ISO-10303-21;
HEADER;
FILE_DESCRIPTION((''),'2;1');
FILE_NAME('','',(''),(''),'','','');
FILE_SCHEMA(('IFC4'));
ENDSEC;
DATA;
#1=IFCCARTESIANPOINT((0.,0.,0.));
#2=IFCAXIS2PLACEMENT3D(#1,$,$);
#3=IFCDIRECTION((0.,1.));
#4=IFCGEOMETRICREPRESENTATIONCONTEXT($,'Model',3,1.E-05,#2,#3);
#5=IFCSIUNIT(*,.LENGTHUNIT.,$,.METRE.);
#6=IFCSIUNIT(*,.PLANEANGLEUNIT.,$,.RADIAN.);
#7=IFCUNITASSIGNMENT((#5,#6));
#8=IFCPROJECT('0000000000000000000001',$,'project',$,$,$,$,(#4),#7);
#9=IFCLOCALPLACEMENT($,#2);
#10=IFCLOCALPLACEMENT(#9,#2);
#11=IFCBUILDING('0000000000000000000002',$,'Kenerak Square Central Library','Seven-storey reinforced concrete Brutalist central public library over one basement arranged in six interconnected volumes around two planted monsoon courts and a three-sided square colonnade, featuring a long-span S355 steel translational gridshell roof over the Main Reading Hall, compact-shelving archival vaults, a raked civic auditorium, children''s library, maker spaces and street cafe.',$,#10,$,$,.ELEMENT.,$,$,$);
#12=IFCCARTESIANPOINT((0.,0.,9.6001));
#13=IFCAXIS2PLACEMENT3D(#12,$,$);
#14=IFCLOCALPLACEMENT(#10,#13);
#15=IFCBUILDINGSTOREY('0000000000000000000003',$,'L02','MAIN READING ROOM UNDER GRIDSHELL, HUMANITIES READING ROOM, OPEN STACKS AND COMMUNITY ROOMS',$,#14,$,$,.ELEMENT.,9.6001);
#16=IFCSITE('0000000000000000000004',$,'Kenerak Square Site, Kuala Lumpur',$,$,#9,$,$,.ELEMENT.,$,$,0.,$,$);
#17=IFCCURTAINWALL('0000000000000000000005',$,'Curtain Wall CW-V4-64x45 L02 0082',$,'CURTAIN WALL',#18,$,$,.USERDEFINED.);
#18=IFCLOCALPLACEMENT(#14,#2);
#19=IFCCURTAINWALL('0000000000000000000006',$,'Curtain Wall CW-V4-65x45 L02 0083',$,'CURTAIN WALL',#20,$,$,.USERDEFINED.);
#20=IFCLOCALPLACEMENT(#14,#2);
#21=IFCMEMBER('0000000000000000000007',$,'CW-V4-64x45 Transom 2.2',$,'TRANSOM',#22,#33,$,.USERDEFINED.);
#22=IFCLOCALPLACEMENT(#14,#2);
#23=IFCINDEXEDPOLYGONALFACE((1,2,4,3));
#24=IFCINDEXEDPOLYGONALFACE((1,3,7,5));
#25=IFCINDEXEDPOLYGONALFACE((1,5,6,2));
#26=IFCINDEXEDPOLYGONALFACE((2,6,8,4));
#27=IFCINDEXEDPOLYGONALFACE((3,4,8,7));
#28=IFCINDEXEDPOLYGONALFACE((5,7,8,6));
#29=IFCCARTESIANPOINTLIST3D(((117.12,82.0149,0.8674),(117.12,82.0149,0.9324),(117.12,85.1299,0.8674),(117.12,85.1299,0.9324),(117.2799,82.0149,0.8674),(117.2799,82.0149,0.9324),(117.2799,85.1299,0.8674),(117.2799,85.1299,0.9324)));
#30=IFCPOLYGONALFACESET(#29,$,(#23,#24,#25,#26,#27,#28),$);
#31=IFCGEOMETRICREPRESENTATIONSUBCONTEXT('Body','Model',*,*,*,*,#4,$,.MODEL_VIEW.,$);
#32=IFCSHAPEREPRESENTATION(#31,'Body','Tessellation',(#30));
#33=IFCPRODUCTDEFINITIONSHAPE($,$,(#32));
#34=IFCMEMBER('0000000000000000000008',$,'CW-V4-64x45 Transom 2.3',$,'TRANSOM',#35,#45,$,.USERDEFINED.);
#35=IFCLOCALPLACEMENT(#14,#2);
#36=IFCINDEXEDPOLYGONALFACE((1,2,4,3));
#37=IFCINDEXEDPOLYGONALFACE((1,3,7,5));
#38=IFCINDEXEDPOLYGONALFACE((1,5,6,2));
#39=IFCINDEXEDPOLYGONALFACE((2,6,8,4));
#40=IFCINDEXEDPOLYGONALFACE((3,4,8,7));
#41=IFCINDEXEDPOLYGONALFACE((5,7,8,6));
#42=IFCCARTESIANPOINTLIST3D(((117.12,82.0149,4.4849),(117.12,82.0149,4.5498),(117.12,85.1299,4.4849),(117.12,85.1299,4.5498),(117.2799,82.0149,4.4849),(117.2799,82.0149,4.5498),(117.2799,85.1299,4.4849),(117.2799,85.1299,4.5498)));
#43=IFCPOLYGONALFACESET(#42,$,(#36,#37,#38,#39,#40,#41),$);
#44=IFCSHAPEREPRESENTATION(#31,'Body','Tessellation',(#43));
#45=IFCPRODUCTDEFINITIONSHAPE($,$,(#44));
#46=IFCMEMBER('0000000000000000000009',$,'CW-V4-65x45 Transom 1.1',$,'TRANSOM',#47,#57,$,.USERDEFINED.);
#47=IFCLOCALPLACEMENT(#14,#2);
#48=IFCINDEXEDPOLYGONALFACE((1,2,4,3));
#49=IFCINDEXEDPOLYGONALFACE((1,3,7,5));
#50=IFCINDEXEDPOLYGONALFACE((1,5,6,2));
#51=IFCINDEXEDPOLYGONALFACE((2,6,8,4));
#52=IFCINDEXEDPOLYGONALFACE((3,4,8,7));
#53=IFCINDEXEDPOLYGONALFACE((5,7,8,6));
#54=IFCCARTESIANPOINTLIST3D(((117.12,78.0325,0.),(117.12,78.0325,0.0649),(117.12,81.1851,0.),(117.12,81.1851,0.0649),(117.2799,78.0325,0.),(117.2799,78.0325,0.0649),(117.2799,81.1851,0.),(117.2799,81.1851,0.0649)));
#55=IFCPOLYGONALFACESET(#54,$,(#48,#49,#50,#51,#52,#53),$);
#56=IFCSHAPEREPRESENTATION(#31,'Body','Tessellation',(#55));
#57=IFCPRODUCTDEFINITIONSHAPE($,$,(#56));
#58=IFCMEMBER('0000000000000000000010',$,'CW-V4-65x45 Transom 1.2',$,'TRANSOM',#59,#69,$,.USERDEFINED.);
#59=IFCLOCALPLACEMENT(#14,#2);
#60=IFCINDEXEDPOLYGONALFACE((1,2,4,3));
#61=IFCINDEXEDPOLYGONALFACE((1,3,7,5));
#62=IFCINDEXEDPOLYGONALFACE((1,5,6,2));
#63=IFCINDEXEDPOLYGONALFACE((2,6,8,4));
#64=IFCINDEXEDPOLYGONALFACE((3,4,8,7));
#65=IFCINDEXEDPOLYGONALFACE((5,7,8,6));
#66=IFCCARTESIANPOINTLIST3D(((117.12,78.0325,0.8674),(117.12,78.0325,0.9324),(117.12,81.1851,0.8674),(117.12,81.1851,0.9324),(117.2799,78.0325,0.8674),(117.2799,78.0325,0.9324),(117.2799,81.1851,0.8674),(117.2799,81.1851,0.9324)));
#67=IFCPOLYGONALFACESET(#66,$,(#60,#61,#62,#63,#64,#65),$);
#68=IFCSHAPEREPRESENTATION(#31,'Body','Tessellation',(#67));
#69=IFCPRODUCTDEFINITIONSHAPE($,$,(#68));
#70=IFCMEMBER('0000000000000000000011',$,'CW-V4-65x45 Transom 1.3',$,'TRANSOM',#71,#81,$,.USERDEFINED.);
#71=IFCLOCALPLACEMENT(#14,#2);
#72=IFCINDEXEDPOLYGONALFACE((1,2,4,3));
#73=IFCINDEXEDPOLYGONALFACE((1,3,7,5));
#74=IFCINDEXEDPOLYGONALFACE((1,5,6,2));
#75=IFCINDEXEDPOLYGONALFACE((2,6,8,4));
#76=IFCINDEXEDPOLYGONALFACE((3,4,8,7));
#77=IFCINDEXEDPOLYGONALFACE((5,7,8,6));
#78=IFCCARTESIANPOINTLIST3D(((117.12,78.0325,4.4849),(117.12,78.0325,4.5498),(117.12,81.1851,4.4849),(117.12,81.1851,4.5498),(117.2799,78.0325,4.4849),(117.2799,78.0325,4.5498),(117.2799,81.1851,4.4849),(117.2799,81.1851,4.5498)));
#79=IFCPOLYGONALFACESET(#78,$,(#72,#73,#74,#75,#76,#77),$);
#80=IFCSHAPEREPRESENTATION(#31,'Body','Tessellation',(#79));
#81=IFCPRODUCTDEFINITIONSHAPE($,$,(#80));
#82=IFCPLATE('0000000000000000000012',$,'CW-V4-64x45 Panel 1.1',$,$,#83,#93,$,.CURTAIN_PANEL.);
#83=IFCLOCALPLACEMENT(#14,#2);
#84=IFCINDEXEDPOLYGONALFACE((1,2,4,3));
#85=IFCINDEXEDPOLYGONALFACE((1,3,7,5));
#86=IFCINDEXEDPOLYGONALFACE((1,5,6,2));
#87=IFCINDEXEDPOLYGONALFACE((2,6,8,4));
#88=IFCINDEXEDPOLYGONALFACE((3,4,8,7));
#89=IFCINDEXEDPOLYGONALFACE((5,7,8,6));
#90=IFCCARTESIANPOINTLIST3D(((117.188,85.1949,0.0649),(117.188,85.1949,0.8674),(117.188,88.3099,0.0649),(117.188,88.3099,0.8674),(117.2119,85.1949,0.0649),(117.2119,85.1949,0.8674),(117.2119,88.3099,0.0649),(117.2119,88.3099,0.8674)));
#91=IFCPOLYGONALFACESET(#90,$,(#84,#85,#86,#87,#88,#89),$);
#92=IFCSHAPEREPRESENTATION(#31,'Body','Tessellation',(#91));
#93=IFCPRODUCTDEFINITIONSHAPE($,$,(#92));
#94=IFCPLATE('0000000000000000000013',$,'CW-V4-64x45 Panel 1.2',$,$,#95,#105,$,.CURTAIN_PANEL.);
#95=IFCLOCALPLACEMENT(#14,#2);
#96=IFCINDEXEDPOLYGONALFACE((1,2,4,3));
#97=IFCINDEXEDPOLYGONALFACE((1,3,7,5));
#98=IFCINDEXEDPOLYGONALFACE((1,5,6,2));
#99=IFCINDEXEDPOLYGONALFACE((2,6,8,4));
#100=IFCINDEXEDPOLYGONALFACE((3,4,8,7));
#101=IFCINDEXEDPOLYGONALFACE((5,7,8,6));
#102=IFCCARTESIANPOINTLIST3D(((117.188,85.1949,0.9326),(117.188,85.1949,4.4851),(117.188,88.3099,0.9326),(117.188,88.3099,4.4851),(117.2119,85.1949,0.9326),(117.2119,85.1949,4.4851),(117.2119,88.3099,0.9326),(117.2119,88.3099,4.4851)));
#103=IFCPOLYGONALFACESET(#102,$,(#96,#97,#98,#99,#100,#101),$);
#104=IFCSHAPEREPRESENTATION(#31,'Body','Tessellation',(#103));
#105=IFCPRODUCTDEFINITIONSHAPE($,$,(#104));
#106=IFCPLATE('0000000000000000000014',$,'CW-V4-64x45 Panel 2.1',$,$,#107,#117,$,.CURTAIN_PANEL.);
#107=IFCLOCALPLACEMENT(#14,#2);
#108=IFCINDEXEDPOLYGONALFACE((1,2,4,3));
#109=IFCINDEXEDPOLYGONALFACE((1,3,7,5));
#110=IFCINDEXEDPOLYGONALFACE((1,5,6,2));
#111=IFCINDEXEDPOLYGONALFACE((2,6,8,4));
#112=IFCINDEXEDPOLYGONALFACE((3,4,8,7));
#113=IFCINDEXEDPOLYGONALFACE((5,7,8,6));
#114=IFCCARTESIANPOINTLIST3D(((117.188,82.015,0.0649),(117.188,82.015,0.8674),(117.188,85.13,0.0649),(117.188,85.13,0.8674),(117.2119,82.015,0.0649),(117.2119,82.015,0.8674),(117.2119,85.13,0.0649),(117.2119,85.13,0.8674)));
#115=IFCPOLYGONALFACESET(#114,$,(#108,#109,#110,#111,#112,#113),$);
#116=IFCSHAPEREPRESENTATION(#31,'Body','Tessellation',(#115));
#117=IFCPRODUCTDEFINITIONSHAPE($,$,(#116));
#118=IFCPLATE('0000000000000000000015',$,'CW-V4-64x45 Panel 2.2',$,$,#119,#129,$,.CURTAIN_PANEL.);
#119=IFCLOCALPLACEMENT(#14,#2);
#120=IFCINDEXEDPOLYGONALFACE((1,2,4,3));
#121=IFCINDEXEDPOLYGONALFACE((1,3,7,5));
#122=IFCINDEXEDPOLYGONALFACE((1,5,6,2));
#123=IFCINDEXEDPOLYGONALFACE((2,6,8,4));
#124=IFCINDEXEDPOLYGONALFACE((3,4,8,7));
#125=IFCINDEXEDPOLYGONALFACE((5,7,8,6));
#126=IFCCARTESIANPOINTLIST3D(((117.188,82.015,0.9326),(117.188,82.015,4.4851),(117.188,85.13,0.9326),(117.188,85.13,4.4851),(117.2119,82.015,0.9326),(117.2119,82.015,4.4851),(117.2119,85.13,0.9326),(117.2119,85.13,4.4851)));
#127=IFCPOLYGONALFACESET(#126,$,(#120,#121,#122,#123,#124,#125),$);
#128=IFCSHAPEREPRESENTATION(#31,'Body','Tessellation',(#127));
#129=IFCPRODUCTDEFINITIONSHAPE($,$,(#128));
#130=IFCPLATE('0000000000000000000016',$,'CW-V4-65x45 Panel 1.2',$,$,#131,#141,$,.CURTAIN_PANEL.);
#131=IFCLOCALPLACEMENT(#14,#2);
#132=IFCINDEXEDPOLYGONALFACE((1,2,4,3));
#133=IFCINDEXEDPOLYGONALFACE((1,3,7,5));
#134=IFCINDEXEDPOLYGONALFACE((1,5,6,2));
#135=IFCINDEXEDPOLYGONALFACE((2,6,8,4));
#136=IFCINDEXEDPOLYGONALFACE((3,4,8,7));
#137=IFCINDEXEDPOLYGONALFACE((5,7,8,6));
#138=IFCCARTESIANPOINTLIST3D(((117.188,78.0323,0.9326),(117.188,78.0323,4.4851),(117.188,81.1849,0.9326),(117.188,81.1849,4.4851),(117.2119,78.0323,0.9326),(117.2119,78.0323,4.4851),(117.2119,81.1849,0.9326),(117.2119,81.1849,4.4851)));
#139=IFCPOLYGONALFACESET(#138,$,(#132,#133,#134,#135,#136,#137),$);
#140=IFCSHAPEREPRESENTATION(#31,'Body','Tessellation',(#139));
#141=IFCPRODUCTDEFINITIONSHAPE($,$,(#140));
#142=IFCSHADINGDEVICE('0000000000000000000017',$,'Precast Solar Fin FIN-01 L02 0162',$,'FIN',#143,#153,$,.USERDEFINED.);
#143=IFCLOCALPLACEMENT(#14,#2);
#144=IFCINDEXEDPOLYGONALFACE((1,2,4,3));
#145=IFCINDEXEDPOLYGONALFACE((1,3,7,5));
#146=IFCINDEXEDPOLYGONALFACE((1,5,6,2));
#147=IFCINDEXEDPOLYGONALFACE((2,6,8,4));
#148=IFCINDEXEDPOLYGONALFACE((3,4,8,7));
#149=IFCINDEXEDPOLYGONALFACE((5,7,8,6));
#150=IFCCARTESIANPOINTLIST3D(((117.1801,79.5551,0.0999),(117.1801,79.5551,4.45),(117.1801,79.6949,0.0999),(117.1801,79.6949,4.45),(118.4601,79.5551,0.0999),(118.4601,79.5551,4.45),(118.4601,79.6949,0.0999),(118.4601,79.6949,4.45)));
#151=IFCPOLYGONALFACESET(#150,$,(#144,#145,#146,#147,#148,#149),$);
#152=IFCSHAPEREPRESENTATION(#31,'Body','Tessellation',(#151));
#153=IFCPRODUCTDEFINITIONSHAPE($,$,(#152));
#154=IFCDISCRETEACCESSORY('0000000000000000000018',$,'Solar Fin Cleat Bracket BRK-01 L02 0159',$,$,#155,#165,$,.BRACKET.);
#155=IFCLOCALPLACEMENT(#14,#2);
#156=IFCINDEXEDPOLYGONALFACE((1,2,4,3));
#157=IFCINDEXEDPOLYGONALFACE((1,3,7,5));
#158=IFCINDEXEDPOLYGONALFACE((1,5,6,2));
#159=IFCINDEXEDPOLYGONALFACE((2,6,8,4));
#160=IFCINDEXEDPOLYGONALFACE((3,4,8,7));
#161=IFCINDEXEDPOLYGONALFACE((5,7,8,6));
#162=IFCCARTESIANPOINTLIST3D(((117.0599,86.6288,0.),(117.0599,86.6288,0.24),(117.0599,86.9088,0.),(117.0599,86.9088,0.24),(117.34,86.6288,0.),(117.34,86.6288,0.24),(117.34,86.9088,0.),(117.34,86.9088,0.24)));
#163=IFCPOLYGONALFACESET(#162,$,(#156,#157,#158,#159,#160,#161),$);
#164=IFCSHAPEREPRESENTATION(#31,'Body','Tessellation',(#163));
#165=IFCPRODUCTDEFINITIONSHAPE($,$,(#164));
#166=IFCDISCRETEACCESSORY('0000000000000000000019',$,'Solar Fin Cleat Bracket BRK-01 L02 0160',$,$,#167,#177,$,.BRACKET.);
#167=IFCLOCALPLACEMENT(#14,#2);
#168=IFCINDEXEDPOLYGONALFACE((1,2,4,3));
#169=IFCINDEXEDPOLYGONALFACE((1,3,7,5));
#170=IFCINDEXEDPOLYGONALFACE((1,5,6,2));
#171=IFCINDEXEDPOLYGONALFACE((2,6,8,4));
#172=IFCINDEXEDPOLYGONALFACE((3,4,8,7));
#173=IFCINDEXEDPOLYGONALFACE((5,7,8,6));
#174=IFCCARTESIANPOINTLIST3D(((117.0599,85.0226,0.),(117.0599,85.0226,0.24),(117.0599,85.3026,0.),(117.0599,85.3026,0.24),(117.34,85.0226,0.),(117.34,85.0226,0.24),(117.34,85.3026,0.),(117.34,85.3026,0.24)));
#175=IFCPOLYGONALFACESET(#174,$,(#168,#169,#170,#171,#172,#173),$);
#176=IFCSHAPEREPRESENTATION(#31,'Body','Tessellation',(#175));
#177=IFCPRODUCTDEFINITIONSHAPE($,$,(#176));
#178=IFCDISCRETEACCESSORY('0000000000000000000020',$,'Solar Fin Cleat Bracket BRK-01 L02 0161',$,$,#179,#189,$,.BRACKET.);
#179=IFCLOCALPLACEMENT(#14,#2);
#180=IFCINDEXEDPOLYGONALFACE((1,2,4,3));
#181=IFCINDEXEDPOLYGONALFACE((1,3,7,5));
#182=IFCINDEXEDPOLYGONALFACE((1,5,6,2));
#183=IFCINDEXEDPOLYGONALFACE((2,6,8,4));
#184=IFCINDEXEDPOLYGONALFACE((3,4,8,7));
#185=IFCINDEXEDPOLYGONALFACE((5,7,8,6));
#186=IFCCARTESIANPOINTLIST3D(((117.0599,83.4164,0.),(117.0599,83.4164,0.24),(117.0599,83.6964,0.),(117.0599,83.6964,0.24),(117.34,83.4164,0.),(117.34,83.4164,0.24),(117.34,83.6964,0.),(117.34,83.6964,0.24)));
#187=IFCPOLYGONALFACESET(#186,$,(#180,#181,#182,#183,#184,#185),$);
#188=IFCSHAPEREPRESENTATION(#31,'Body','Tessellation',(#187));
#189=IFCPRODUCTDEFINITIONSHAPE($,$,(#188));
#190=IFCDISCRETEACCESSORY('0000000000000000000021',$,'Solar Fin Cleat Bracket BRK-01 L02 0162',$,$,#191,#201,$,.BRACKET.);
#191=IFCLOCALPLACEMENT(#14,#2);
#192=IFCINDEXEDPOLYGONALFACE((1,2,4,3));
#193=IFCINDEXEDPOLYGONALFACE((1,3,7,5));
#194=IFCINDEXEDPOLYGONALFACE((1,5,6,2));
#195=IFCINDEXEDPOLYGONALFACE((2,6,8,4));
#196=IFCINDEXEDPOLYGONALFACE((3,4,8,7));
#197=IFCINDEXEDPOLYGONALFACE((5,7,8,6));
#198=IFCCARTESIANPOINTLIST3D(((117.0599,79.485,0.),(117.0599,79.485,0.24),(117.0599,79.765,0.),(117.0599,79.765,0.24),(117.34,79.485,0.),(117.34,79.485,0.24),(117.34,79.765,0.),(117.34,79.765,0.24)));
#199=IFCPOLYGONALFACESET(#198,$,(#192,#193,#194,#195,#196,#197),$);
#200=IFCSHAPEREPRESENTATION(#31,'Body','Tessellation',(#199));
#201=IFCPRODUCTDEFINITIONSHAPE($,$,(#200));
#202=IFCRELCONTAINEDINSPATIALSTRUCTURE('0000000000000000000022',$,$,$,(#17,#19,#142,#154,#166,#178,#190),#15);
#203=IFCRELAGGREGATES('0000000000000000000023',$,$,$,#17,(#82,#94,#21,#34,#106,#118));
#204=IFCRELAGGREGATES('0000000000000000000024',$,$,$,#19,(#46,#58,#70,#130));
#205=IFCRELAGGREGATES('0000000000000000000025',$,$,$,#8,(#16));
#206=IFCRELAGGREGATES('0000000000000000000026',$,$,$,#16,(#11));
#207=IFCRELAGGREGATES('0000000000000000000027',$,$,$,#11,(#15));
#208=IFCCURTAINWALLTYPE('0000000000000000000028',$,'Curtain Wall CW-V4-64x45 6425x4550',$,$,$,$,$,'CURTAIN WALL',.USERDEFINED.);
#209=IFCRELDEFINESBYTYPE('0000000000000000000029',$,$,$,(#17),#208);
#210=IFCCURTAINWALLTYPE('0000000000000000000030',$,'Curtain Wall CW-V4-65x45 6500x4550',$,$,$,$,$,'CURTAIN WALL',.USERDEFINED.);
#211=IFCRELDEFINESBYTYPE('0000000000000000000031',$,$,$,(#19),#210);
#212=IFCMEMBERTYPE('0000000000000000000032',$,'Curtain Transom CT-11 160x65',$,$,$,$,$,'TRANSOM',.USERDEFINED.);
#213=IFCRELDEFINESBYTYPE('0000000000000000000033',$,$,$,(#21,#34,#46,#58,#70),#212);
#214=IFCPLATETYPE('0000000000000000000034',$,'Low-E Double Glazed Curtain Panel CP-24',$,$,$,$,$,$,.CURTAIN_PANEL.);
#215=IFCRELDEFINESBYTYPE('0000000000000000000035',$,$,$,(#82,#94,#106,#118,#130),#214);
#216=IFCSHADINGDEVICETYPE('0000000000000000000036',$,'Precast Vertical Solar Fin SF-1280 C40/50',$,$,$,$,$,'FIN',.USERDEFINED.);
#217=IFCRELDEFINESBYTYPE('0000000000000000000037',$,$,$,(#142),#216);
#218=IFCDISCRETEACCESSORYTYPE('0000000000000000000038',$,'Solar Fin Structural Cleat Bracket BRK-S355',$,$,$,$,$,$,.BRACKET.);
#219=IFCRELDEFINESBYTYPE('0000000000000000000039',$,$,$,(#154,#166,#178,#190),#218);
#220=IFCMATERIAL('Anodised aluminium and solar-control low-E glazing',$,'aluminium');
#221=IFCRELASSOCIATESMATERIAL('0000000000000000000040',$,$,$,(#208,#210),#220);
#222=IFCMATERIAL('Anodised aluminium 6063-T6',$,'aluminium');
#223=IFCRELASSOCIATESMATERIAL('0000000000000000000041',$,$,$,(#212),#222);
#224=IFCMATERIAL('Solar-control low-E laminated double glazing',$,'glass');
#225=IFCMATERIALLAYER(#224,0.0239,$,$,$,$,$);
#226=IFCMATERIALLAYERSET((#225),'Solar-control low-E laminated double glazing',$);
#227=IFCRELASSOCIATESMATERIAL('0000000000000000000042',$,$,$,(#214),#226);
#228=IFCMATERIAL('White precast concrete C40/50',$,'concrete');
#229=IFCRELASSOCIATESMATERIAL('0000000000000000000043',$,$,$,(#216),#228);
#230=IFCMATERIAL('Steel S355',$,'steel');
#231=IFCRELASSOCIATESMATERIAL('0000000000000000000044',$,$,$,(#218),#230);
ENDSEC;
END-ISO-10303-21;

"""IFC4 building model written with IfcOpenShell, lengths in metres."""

from ifc_helpers import new_model, si_unit, direction, frame, origin, origin_2d, place, context, subcontext, project, spatial, rectangle, extrude, material, layer, layer_set, material_profile, profile_set, type_object, element, aggregate, save


model = new_model("IFC4")

# Units and contexts
model_context = context("Model", 3, precision=1e-05, world=origin(), true_north=direction((0.0, 1.0)))
body_context = subcontext(model_context, "Body", "Model", "MODEL_VIEW")
ifc_project = project(units=[si_unit("LENGTHUNIT", "METRE"), si_unit("PLANEANGLEUNIT", "RADIAN")], contexts=[model_context])

# Site, building, storey
site_placement = place(None, origin())
site = spatial("IfcSite", under=ifc_project, at=site_placement, Name="Kenerak Square Site, Kuala Lumpur", CompositionType="ELEMENT", RefElevation=0.0)
building_placement = place(site_placement, origin())
building = spatial("IfcBuilding", under=site, at=building_placement, Name="Kenerak Square Central Library", Description="Seven-storey reinforced concrete Brutalist central public library over one basement arranged in six interconnected volumes around two planted monsoon courts and a three-sided square colonnade, featuring a long-span S355 steel translational gridshell roof over the Main Reading Hall, compact-shelving archival vaults, a raked civic auditorium, children's library, maker spaces and street cafe.", CompositionType="ELEMENT")
storey_placement = place(building_placement, frame((0.0, 0.0, 9.6001)))
storey = spatial("IfcBuildingStorey", under=building, at=storey_placement, Name="L02", Description="MAIN READING ROOM UNDER GRIDSHELL, HUMANITIES READING ROOM, OPEN STACKS AND COMMUNITY ROOMS", CompositionType="ELEMENT", Elevation=9.6001)

# Curtain wall
ifc_material_1 = material(Name="Anodised aluminium and solar-control low-E glazing", Category="aluminium")
curtain_wall_type_1 = type_object("IfcCurtainWallType", Name="Curtain Wall CW-V4-64x45 6425x4550", ElementType="CURTAIN WALL", PredefinedType="USERDEFINED", material=ifc_material_1)
curtain_wall_1_placement = place(storey_placement, origin())
curtain_wall_1 = element("IfcCurtainWall", 1, at=curtain_wall_1_placement, inside=storey, type_object=curtain_wall_type_1, Name="Curtain Wall CW-V4-64x45 L02 0082", ObjectType="CURTAIN WALL", PredefinedType="USERDEFINED")
ifc_material_2 = material(Name="Anodised aluminium 6063-T6", Category="aluminium")

# Curtain wall
curtain_wall_type_2 = type_object("IfcCurtainWallType", Name="Curtain Wall CW-V4-65x45 6500x4550", ElementType="CURTAIN WALL", PredefinedType="USERDEFINED", material=ifc_material_1)
curtain_wall_2_placement = place(storey_placement, origin())
curtain_wall_2 = element("IfcCurtainWall", 2, at=curtain_wall_2_placement, inside=storey, type_object=curtain_wall_type_2, Name="Curtain Wall CW-V4-65x45 L02 0083", ObjectType="CURTAIN WALL", PredefinedType="USERDEFINED")

# Members
ifc_material_profile_1 = material_profile(ifc_material_2, rectangle(XDim=0.1599, YDim=0.0649, at=origin_2d()), Name="AL TRANSOM 160x65")
ifc_profile_set_1 = profile_set([ifc_material_profile_1], Name="Anodised aluminium 6063-T6")
member_type_1 = type_object("IfcMemberType", Name="Curtain Transom CT-11 160x65", ElementType="TRANSOM", PredefinedType="USERDEFINED", material=ifc_profile_set_1)
member_1_placement = place(storey_placement, frame((117.2, 85.1299, 0.8999), z_axis=(0.0, -1.0, 0.0), x_axis=(1.0, 0.0, 0.0)))
member_1 = element("IfcMember", 3, at=member_1_placement, type_object=member_type_1, Name="CW-V4-64x45 Transom 2.2", ObjectType="TRANSOM", PredefinedType="USERDEFINED", context=body_context, shape_type="SweptSolid", body=[
    extrude(rectangle(XDim=0.1599, YDim=0.0649, at=origin_2d()), origin(), (0.0, 0.0, 1.0), 3.115),
])
member_2_placement = place(storey_placement, frame((117.2, 85.1299, 4.5173), z_axis=(0.0, -1.0, 0.0), x_axis=(1.0, 0.0, 0.0)))
member_2 = element("IfcMember", 4, at=member_2_placement, type_object=member_type_1, Name="CW-V4-64x45 Transom 2.3", ObjectType="TRANSOM", PredefinedType="USERDEFINED", context=body_context, shape_type="SweptSolid", body=[
    extrude(rectangle(XDim=0.1599, YDim=0.0649, at=origin_2d()), origin(), (0.0, 0.0, 1.0), 3.115),
])
member_3_placement = place(storey_placement, frame((117.2, 81.1851, 0.0325), z_axis=(0.0, -1.0, 0.0), x_axis=(1.0, 0.0, 0.0)))
member_3 = element("IfcMember", 5, at=member_3_placement, type_object=member_type_1, Name="CW-V4-65x45 Transom 1.1", ObjectType="TRANSOM", PredefinedType="USERDEFINED", context=body_context, shape_type="SweptSolid", body=[
    extrude(rectangle(XDim=0.1599, YDim=0.0649, at=origin_2d()), origin(), (0.0, 0.0, 1.0), 3.1526),
])
member_4_placement = place(storey_placement, frame((117.2, 81.1851, 0.8999), z_axis=(0.0, -1.0, 0.0), x_axis=(1.0, 0.0, 0.0)))
member_4 = element("IfcMember", 6, at=member_4_placement, type_object=member_type_1, Name="CW-V4-65x45 Transom 1.2", ObjectType="TRANSOM", PredefinedType="USERDEFINED", context=body_context, shape_type="SweptSolid", body=[
    extrude(rectangle(XDim=0.1599, YDim=0.0649, at=origin_2d()), origin(), (0.0, 0.0, 1.0), 3.1526),
])
member_5_placement = place(storey_placement, frame((117.2, 81.1851, 4.5173), z_axis=(0.0, -1.0, 0.0), x_axis=(1.0, 0.0, 0.0)))
member_5 = element("IfcMember", 7, at=member_5_placement, type_object=member_type_1, Name="CW-V4-65x45 Transom 1.3", ObjectType="TRANSOM", PredefinedType="USERDEFINED", context=body_context, shape_type="SweptSolid", body=[
    extrude(rectangle(XDim=0.1599, YDim=0.0649, at=origin_2d()), origin(), (0.0, 0.0, 1.0), 3.1526),
])

# Plates
ifc_material_3 = material(Name="Solar-control low-E laminated double glazing", Category="glass")
ifc_layer = layer(ifc_material_3, 0.0239)
ifc_layer_set = layer_set([ifc_layer], Name="Solar-control low-E laminated double glazing")
plate_type = type_object("IfcPlateType", Name="Low-E Double Glazed Curtain Panel CP-24", PredefinedType="CURTAIN_PANEL", material=ifc_layer_set)
plate_1_placement = place(storey_placement, frame((117.2, 86.7524, 0.0649), z_axis=(0.0, 0.0, 1.0), x_axis=(0.0, -1.0, 0.0)))
plate_1 = element("IfcPlate", 8, at=plate_1_placement, type_object=plate_type, Name="CW-V4-64x45 Panel 1.1", PredefinedType="CURTAIN_PANEL", context=body_context, shape_type="SweptSolid", body=[
    extrude(rectangle(XDim=3.115, YDim=0.0239, at=origin_2d()), origin(), (0.0, 0.0, 1.0), 0.8025),
])
plate_2_placement = place(storey_placement, frame((117.2, 86.7524, 0.9326), z_axis=(0.0, 0.0, 1.0), x_axis=(0.0, -1.0, 0.0)))
plate_2 = element("IfcPlate", 9, at=plate_2_placement, type_object=plate_type, Name="CW-V4-64x45 Panel 1.2", PredefinedType="CURTAIN_PANEL", context=body_context, shape_type="SweptSolid", body=[
    extrude(rectangle(XDim=3.115, YDim=0.0239, at=origin_2d()), origin(), (0.0, 0.0, 1.0), 3.5525),
])
plate_3_placement = place(storey_placement, frame((117.2, 83.5725, 0.0649), z_axis=(0.0, 0.0, 1.0), x_axis=(0.0, -1.0, 0.0)))
plate_3 = element("IfcPlate", 10, at=plate_3_placement, type_object=plate_type, Name="CW-V4-64x45 Panel 2.1", PredefinedType="CURTAIN_PANEL", context=body_context, shape_type="SweptSolid", body=[
    extrude(rectangle(XDim=3.115, YDim=0.0239, at=origin_2d()), origin(), (0.0, 0.0, 1.0), 0.8025),
])
plate_4_placement = place(storey_placement, frame((117.2, 83.5725, 0.9326), z_axis=(0.0, 0.0, 1.0), x_axis=(0.0, -1.0, 0.0)))
plate_4 = element("IfcPlate", 11, at=plate_4_placement, type_object=plate_type, Name="CW-V4-64x45 Panel 2.2", PredefinedType="CURTAIN_PANEL", context=body_context, shape_type="SweptSolid", body=[
    extrude(rectangle(XDim=3.115, YDim=0.0239, at=origin_2d()), origin(), (0.0, 0.0, 1.0), 3.5525),
])
aggregate(curtain_wall_1, [plate_1, plate_2, member_1, member_2, plate_3, plate_4])
plate_5_placement = place(storey_placement, frame((117.2, 79.6086, 0.9326), z_axis=(0.0, 0.0, 1.0), x_axis=(0.0, -1.0, 0.0)))
plate_5 = element("IfcPlate", 12, at=plate_5_placement, type_object=plate_type, Name="CW-V4-65x45 Panel 1.2", PredefinedType="CURTAIN_PANEL", context=body_context, shape_type="SweptSolid", body=[
    extrude(rectangle(XDim=3.1526, YDim=0.0239, at=origin_2d()), origin(), (0.0, 0.0, 1.0), 3.5525),
])
aggregate(curtain_wall_2, [member_3, member_4, member_5, plate_5])

# Shading device
ifc_material_4 = material(Name="White precast concrete C40/50", Category="concrete")
shading_device_type = type_object("IfcShadingDeviceType", Name="Precast Vertical Solar Fin SF-1280 C40/50", ElementType="FIN", PredefinedType="USERDEFINED", material=ifc_material_4)
shading_device_placement = place(storey_placement, frame((117.8201, 79.625, 0.0999), z_axis=(0.0, 0.0, 1.0), x_axis=(0.0, -1.0, 0.0)))
element("IfcShadingDevice", 13, at=shading_device_placement, inside=storey, type_object=shading_device_type, Name="Precast Solar Fin FIN-01 L02 0162", ObjectType="FIN", PredefinedType="USERDEFINED", context=body_context, shape_type="SweptSolid", body=[
    extrude(rectangle(XDim=0.1399, YDim=1.28, at=origin_2d()), origin(), (0.0, 0.0, 1.0), 4.3501),
])

# Discrete accessories
ifc_material_5 = material(Name="Steel S355", Category="steel")
discrete_accessory_type = type_object("IfcDiscreteAccessoryType", Name="Solar Fin Structural Cleat Bracket BRK-S355", PredefinedType="BRACKET", material=ifc_material_5)
for number, where, z_axis, x_axis, name in (
    (14, (117.2, 86.7688, 0.0), (0.0, 0.0, 1.0), (0.0, -1.0, 0.0), "Solar Fin Cleat Bracket BRK-01 L02 0159"),
    (15, (117.2, 85.1626, 0.0), (0.0, 0.0, 1.0), (0.0, -1.0, 0.0), "Solar Fin Cleat Bracket BRK-01 L02 0160"),
    (16, (117.2, 83.5564, 0.0), (0.0, 0.0, 1.0), (0.0, -1.0, 0.0), "Solar Fin Cleat Bracket BRK-01 L02 0161"),
    (17, (117.2, 79.625, 0.0), (0.0, 0.0, 1.0), (0.0, -1.0, 0.0), "Solar Fin Cleat Bracket BRK-01 L02 0162"),
):
    element("IfcDiscreteAccessory", number, at=place(storey_placement, frame(where, z_axis=z_axis, x_axis=x_axis)), inside=storey, type_object=discrete_accessory_type, Name=name, PredefinedType="BRACKET", context=body_context, shape_type="SweptSolid", body=[
        extrude(rectangle(XDim=0.28, YDim=0.28, at=origin_2d()), origin(), (0.0, 0.0, 1.0), 0.24),
    ])

save(model, "model.ifc")
